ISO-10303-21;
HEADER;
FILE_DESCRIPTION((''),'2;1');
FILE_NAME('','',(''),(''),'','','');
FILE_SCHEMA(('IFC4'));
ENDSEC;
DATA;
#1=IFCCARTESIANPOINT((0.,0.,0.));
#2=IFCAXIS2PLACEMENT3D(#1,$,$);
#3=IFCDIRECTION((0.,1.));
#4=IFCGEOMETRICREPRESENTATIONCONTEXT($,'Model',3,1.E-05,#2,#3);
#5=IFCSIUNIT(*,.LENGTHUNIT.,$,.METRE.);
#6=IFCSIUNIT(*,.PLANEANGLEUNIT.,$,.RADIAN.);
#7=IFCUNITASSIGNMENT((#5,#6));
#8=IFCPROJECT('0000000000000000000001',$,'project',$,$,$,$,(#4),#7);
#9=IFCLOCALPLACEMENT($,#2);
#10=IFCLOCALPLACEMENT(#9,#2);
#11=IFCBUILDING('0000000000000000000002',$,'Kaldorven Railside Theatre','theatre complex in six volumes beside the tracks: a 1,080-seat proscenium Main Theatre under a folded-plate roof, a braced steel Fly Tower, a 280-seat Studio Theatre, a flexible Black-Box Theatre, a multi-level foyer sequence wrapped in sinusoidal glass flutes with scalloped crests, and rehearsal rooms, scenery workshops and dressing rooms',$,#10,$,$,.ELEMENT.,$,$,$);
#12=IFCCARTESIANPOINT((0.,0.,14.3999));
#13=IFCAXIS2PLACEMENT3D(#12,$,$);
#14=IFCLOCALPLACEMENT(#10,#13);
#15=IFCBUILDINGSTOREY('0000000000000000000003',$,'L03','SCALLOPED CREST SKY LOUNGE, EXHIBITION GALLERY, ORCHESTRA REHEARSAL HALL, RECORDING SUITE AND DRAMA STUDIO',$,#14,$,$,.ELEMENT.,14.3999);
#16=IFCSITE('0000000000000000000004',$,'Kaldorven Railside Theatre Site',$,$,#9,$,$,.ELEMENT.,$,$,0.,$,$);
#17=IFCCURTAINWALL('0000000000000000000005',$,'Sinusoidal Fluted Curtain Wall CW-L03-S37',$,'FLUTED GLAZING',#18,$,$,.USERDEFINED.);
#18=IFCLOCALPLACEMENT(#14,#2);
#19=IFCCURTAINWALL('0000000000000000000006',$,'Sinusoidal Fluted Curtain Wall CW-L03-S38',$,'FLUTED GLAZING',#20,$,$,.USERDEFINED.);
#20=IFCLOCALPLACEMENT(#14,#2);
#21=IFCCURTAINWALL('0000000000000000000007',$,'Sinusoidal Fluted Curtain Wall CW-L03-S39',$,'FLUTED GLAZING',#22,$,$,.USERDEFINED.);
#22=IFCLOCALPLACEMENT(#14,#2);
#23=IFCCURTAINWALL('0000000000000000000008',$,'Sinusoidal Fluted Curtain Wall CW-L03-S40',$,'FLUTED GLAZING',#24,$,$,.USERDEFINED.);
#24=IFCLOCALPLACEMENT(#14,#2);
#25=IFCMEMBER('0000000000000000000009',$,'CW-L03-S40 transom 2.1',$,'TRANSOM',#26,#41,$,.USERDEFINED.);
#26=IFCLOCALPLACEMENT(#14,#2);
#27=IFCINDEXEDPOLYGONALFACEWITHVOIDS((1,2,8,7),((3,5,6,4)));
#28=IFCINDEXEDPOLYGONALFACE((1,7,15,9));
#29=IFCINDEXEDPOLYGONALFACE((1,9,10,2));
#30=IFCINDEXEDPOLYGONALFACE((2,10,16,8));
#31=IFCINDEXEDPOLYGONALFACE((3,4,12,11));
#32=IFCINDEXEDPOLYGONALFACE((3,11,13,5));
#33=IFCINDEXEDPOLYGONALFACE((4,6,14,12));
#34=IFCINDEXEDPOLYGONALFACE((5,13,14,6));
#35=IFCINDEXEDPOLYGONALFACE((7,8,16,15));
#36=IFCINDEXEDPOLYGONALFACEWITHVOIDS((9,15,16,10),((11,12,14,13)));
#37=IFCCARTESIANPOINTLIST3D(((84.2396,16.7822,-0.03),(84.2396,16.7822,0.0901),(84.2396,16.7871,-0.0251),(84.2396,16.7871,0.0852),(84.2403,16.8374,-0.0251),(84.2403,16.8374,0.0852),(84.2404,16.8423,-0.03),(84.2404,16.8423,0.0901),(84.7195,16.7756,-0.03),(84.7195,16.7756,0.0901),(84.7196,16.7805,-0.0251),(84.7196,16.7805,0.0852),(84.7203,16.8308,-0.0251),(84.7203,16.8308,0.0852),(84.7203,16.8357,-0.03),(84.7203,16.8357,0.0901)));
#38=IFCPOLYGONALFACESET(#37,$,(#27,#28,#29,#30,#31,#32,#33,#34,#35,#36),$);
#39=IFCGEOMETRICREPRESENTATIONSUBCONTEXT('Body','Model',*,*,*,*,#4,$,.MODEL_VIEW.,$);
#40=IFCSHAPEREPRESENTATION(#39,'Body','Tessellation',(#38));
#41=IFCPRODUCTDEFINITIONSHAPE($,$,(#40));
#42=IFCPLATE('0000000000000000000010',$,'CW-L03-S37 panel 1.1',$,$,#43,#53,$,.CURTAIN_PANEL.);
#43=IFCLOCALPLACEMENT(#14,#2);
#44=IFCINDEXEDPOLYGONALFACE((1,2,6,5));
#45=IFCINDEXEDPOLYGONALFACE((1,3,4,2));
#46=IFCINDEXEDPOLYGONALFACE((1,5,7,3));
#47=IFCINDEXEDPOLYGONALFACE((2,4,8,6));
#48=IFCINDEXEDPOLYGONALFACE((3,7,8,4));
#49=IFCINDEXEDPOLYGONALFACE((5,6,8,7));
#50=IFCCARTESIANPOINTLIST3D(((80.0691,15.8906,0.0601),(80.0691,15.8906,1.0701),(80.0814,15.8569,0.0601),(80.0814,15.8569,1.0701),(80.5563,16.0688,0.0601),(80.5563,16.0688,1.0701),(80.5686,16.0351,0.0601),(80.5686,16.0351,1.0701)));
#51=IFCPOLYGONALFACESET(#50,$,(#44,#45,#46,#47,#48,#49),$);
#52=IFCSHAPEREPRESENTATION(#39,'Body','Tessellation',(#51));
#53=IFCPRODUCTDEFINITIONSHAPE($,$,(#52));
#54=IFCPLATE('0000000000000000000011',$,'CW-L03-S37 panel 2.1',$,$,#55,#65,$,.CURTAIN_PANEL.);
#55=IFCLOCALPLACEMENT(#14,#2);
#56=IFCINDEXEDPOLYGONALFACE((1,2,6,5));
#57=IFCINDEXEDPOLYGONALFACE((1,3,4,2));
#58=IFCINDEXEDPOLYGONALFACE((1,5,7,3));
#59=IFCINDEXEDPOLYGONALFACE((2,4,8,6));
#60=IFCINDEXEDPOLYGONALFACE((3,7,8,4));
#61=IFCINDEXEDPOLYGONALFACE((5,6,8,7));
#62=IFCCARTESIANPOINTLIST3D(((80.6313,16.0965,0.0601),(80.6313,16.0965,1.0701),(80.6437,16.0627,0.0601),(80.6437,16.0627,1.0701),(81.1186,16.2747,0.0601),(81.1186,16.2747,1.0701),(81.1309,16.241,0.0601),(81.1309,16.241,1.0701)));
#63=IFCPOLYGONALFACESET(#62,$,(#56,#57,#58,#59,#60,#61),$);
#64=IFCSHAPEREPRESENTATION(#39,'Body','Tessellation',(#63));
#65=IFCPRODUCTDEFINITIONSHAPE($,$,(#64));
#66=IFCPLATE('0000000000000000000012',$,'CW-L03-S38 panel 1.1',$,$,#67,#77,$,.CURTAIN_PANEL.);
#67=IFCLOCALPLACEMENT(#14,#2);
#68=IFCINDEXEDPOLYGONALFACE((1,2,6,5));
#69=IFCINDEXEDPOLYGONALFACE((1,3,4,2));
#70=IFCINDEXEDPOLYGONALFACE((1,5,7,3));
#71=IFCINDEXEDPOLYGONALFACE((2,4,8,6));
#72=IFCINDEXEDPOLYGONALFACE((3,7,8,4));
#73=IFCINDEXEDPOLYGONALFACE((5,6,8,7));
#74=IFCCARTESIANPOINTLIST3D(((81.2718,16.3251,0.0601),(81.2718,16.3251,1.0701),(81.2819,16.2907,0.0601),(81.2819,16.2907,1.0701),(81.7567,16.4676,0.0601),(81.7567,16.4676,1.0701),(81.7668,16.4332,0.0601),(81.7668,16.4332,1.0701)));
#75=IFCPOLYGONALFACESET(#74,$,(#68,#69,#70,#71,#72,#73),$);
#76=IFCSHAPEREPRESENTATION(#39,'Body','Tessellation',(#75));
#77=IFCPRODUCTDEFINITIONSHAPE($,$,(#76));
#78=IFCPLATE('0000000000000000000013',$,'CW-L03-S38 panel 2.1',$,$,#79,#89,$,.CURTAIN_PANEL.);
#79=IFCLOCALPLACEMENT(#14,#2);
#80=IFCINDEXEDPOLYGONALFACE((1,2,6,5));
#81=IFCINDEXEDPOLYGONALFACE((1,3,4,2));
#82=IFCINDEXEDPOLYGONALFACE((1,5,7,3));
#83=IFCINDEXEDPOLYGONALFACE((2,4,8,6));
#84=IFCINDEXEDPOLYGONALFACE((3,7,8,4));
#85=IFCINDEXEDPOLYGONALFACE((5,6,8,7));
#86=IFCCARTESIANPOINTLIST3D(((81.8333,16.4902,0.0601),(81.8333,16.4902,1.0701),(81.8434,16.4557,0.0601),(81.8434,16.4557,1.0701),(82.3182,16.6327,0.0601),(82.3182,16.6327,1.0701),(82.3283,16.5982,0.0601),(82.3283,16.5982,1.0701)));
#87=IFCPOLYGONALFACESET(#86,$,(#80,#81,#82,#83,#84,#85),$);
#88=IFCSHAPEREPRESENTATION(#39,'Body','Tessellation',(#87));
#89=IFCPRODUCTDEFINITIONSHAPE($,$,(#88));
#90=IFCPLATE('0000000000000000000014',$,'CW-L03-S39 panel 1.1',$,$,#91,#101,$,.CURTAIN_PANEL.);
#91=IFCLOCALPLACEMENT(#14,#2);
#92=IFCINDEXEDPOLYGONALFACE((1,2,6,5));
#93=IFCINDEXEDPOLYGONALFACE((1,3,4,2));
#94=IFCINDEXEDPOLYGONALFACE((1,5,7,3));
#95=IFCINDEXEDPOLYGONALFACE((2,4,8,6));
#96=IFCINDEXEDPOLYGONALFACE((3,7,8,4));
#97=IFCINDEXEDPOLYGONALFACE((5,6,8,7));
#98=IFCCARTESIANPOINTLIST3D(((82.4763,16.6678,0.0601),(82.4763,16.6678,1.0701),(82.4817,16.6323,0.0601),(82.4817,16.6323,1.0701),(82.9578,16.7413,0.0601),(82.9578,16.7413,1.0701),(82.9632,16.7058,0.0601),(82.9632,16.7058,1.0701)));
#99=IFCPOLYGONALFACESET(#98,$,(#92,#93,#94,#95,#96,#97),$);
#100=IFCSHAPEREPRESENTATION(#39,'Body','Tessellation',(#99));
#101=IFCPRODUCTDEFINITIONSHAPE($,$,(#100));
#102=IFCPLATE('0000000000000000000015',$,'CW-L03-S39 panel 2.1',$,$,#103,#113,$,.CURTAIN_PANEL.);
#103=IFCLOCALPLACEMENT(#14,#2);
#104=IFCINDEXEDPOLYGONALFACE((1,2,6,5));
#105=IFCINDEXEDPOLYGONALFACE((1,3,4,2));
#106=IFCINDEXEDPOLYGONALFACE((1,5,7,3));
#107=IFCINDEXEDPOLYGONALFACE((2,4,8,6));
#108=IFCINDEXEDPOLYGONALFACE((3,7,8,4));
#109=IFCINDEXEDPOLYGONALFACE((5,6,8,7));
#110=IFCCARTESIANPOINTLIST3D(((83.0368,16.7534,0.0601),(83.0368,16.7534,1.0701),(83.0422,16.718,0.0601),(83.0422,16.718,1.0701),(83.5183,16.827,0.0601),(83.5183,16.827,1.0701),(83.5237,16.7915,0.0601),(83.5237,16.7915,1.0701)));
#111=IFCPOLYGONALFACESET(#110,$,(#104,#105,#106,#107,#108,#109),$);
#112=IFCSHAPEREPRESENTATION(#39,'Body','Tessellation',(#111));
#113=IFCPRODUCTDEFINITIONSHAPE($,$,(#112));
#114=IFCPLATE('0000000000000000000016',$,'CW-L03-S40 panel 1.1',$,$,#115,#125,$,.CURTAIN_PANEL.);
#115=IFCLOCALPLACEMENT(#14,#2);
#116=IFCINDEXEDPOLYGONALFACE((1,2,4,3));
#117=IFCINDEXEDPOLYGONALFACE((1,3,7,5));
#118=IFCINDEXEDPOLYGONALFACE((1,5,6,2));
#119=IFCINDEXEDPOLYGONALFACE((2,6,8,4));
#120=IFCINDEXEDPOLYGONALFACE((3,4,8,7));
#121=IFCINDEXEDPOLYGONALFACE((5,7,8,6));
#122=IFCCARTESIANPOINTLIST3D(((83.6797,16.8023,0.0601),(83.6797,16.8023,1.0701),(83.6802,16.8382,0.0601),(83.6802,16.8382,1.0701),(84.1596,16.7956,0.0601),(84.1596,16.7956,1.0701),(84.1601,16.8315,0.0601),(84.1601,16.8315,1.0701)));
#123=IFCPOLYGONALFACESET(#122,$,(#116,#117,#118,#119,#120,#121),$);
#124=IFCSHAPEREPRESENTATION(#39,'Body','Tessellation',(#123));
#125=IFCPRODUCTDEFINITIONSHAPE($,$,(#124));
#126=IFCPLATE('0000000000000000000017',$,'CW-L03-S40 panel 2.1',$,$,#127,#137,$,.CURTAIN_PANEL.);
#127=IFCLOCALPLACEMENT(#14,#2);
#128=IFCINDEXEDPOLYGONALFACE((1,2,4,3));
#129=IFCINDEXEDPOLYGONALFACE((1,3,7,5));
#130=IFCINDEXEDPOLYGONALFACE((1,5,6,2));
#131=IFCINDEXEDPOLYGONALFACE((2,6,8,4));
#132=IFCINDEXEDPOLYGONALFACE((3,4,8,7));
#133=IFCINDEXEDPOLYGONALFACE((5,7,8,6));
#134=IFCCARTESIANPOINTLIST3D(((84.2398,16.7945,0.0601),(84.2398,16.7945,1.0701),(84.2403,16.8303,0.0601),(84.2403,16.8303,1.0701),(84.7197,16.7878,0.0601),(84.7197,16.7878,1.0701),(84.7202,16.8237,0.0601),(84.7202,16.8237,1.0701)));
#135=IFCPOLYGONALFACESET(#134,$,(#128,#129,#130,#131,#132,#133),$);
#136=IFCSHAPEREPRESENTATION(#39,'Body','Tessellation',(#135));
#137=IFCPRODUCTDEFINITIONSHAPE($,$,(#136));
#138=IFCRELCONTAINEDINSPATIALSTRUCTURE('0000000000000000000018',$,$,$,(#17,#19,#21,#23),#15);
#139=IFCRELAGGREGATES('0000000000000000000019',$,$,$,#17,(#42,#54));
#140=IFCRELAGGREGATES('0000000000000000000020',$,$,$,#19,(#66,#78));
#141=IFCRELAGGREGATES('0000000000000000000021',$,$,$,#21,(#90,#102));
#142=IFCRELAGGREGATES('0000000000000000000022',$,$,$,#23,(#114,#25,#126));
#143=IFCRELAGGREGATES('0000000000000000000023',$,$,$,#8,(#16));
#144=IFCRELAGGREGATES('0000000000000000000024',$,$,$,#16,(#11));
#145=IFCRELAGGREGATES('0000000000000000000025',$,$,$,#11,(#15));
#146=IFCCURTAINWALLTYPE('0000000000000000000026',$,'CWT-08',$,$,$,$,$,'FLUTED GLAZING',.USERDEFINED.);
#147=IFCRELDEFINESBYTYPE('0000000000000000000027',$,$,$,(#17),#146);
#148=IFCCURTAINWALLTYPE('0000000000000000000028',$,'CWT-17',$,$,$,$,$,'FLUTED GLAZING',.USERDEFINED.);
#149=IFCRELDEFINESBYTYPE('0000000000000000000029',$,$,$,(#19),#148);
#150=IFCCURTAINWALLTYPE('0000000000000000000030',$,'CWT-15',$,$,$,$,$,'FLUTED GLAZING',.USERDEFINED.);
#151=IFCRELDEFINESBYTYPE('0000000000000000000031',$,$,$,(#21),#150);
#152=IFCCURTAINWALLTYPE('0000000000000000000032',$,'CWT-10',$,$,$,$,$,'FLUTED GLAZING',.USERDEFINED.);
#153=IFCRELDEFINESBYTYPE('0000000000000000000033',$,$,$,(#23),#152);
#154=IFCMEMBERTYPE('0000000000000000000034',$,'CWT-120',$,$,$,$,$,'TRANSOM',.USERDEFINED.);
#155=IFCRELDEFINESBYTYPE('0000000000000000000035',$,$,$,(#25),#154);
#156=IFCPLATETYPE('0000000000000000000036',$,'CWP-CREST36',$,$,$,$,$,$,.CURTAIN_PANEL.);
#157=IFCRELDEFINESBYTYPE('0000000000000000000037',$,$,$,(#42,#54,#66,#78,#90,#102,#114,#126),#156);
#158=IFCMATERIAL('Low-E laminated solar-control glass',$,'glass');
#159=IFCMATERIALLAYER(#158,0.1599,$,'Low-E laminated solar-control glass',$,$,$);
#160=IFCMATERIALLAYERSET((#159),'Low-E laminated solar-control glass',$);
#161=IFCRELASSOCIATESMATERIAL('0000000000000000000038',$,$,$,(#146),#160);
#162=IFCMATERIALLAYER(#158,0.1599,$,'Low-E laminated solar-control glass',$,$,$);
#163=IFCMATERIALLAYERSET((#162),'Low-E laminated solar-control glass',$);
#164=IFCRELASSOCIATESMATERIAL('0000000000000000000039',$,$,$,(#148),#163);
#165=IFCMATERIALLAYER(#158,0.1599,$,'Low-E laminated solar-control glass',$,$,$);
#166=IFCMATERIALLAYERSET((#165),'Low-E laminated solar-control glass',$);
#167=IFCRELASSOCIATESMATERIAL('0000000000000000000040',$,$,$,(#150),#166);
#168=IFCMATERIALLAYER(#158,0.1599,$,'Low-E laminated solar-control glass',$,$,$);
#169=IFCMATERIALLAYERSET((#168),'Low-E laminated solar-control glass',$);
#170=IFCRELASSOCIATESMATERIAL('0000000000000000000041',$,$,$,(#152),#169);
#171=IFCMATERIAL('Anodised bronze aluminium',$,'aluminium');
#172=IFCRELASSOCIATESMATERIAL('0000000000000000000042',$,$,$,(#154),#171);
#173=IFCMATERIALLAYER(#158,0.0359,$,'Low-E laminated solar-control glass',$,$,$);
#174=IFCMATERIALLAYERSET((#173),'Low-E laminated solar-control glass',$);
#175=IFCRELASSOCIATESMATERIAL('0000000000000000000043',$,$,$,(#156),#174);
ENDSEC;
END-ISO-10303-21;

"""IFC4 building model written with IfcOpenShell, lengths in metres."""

from ifc_helpers import new_model, si_unit, direction, frame, origin, origin_2d, place, context, subcontext, project, spatial, rectangle, hollow_rectangle, extrude, material, layer, layer_set, material_profile, profile_set, type_object, element, aggregate, save


model = new_model("IFC4")

# Units and contexts
model_context = context("Model", 3, precision=1e-05, world=origin(), true_north=direction((0.0, 1.0)))
body_context = subcontext(model_context, "Body", "Model", "MODEL_VIEW")
ifc_project = project(units=[si_unit("LENGTHUNIT", "METRE"), si_unit("PLANEANGLEUNIT", "RADIAN")], contexts=[model_context])

# Site, building, storey
site_placement = place(None, origin())
site = spatial("IfcSite", under=ifc_project, at=site_placement, Name="Kaldorven Railside Theatre Site", CompositionType="ELEMENT", RefElevation=0.0)
building_placement = place(site_placement, origin())
building = spatial("IfcBuilding", under=site, at=building_placement, Name="Kaldorven Railside Theatre", Description="theatre complex in six volumes beside the tracks: a 1,080-seat proscenium Main Theatre under a folded-plate roof, a braced steel Fly Tower, a 280-seat Studio Theatre, a flexible Black-Box Theatre, a multi-level foyer sequence wrapped in sinusoidal glass flutes with scalloped crests, and rehearsal rooms, scenery workshops and dressing rooms", CompositionType="ELEMENT")
storey_placement = place(building_placement, frame((0.0, 0.0, 14.3999)))
storey = spatial("IfcBuildingStorey", under=building, at=storey_placement, Name="L03", Description="SCALLOPED CREST SKY LOUNGE, EXHIBITION GALLERY, ORCHESTRA REHEARSAL HALL, RECORDING SUITE AND DRAMA STUDIO", CompositionType="ELEMENT", Elevation=14.3999)

# Curtain walls
ifc_material_1 = material(Name="Low-E laminated solar-control glass", Category="glass")
ifc_layer_1 = layer(ifc_material_1, 0.1599, Name="Low-E laminated solar-control glass")
ifc_layer_set_1 = layer_set([ifc_layer_1], Name="Low-E laminated solar-control glass")
curtain_wall_type_1 = type_object("IfcCurtainWallType", Name="CWT-08", ElementType="FLUTED GLAZING", PredefinedType="USERDEFINED", material=ifc_layer_set_1)
curtain_wall_1_placement = place(storey_placement, origin())
curtain_wall_1 = element("IfcCurtainWall", 1, at=curtain_wall_1_placement, inside=storey, type_object=curtain_wall_type_1, Name="Sinusoidal Fluted Curtain Wall CW-L03-S37", ObjectType="FLUTED GLAZING", PredefinedType="USERDEFINED")
ifc_material_2 = material(Name="Anodised bronze aluminium", Category="aluminium")
ifc_layer_2 = layer(ifc_material_1, 0.1599, Name="Low-E laminated solar-control glass")
ifc_layer_set_2 = layer_set([ifc_layer_2], Name="Low-E laminated solar-control glass")
curtain_wall_type_2 = type_object("IfcCurtainWallType", Name="CWT-17", ElementType="FLUTED GLAZING", PredefinedType="USERDEFINED", material=ifc_layer_set_2)
curtain_wall_2_placement = place(storey_placement, origin())
curtain_wall_2 = element("IfcCurtainWall", 2, at=curtain_wall_2_placement, inside=storey, type_object=curtain_wall_type_2, Name="Sinusoidal Fluted Curtain Wall CW-L03-S38", ObjectType="FLUTED GLAZING", PredefinedType="USERDEFINED")
ifc_layer_3 = layer(ifc_material_1, 0.1599, Name="Low-E laminated solar-control glass")
ifc_layer_set_3 = layer_set([ifc_layer_3], Name="Low-E laminated solar-control glass")
curtain_wall_type_3 = type_object("IfcCurtainWallType", Name="CWT-15", ElementType="FLUTED GLAZING", PredefinedType="USERDEFINED", material=ifc_layer_set_3)
curtain_wall_3_placement = place(storey_placement, origin())
curtain_wall_3 = element("IfcCurtainWall", 3, at=curtain_wall_3_placement, inside=storey, type_object=curtain_wall_type_3, Name="Sinusoidal Fluted Curtain Wall CW-L03-S39", ObjectType="FLUTED GLAZING", PredefinedType="USERDEFINED")
ifc_layer_4 = layer(ifc_material_1, 0.1599, Name="Low-E laminated solar-control glass")
ifc_layer_set_4 = layer_set([ifc_layer_4], Name="Low-E laminated solar-control glass")
curtain_wall_type_4 = type_object("IfcCurtainWallType", Name="CWT-10", ElementType="FLUTED GLAZING", PredefinedType="USERDEFINED", material=ifc_layer_set_4)
curtain_wall_4_placement = place(storey_placement, origin())
curtain_wall_4 = element("IfcCurtainWall", 4, at=curtain_wall_4_placement, inside=storey, type_object=curtain_wall_type_4, Name="Sinusoidal Fluted Curtain Wall CW-L03-S40", ObjectType="FLUTED GLAZING", PredefinedType="USERDEFINED")

# Member
ifc_material_profile_1 = material_profile(ifc_material_2, hollow_rectangle(XDim=0.0601, YDim=0.1201, WallThickness=0.0049, at=origin_2d()), Name="RHS 120x60x5")
ifc_profile_set_1 = profile_set([ifc_material_profile_1], Name="Anodised bronze aluminium")
member_type_1 = type_object("IfcMemberType", Name="CWT-120", ElementType="TRANSOM", PredefinedType="USERDEFINED", material=ifc_profile_set_1)
member_1_placement = place(storey_placement, frame((84.24, 16.8123, 0.03), z_axis=(0.999906, -0.013732, 0.0), x_axis=(0.013732, 0.999906, 0.0)))
member_1 = element("IfcMember", 5, at=member_1_placement, type_object=member_type_1, Name="CW-L03-S40 transom 2.1", ObjectType="TRANSOM", PredefinedType="USERDEFINED", context=body_context, shape_type="SweptSolid", body=[
    extrude(hollow_rectangle(XDim=0.0601, YDim=0.1201, WallThickness=0.0049, at=origin_2d()), origin(), (0.0, 0.0, 1.0), 0.48),
])

# Plates
ifc_layer_5 = layer(ifc_material_1, 0.0359, Name="Low-E laminated solar-control glass")
ifc_layer_set_5 = layer_set([ifc_layer_5], Name="Low-E laminated solar-control glass")
plate_type = type_object("IfcPlateType", Name="CWP-CREST36", PredefinedType="CURTAIN_PANEL", material=ifc_layer_set_5)
plate_1_placement = place(storey_placement, frame((80.3188, 15.9629, 0.0601), z_axis=(0.0, 0.0, 1.0), x_axis=(0.939154, 0.343496, 0.0)))
plate_1 = element("IfcPlate", 6, at=plate_1_placement, type_object=plate_type, Name="CW-L03-S37 panel 1.1", PredefinedType="CURTAIN_PANEL", context=body_context, shape_type="SweptSolid", body=[
    extrude(rectangle(XDim=0.5188, YDim=0.0359, at=origin_2d()), origin(), (0.0, 0.0, 1.0), 1.01),
])
plate_2_placement = place(storey_placement, frame((80.8811, 16.1687, 0.0601), z_axis=(0.0, 0.0, 1.0), x_axis=(0.939154, 0.343496, 0.0)))
plate_2 = element("IfcPlate", 7, at=plate_2_placement, type_object=plate_type, Name="CW-L03-S37 panel 2.1", PredefinedType="CURTAIN_PANEL", context=body_context, shape_type="SweptSolid", body=[
    extrude(rectangle(XDim=0.5188, YDim=0.0359, at=origin_2d()), origin(), (0.0, 0.0, 1.0), 1.01),
])
aggregate(curtain_wall_1, [plate_1, plate_2])
plate_3_placement = place(storey_placement, frame((81.5193, 16.3792, 0.0601), z_axis=(0.0, 0.0, 1.0), x_axis=(0.959418, 0.281989, 0.0)))
plate_3 = element("IfcPlate", 8, at=plate_3_placement, type_object=plate_type, Name="CW-L03-S38 panel 1.1", PredefinedType="CURTAIN_PANEL", context=body_context, shape_type="SweptSolid", body=[
    extrude(rectangle(XDim=0.5054, YDim=0.0359, at=origin_2d()), origin(), (0.0, 0.0, 1.0), 1.01),
])
plate_4_placement = place(storey_placement, frame((82.0808, 16.5442, 0.0601), z_axis=(0.0, 0.0, 1.0), x_axis=(0.959418, 0.281989, 0.0)))
plate_4 = element("IfcPlate", 9, at=plate_4_placement, type_object=plate_type, Name="CW-L03-S38 panel 2.1", PredefinedType="CURTAIN_PANEL", context=body_context, shape_type="SweptSolid", body=[
    extrude(rectangle(XDim=0.5054, YDim=0.0359, at=origin_2d()), origin(), (0.0, 0.0, 1.0), 1.01),
])
aggregate(curtain_wall_2, [plate_3, plate_4])
plate_5_placement = place(storey_placement, frame((82.7197, 16.6868, 0.0601), z_axis=(0.0, 0.0, 1.0), x_axis=(0.988546, 0.150918, 0.0)))
plate_5 = element("IfcPlate", 10, at=plate_5_placement, type_object=plate_type, Name="CW-L03-S39 panel 1.1", PredefinedType="CURTAIN_PANEL", context=body_context, shape_type="SweptSolid", body=[
    extrude(rectangle(XDim=0.4871, YDim=0.0359, at=origin_2d()), origin(), (0.0, 0.0, 1.0), 1.01),
])
plate_6_placement = place(storey_placement, frame((83.2803, 16.7725, 0.0601), z_axis=(0.0, 0.0, 1.0), x_axis=(0.988546, 0.150918, 0.0)))
plate_6 = element("IfcPlate", 11, at=plate_6_placement, type_object=plate_type, Name="CW-L03-S39 panel 2.1", PredefinedType="CURTAIN_PANEL", context=body_context, shape_type="SweptSolid", body=[
    extrude(rectangle(XDim=0.4871, YDim=0.0359, at=origin_2d()), origin(), (0.0, 0.0, 1.0), 1.01),
])
aggregate(curtain_wall_3, [plate_5, plate_6])
plate_7_placement = place(storey_placement, frame((83.9199, 16.8169, 0.0601), z_axis=(0.0, 0.0, 1.0), x_axis=(0.999904, -0.013832, 0.0)))
plate_7 = element("IfcPlate", 12, at=plate_7_placement, type_object=plate_type, Name="CW-L03-S40 panel 1.1", PredefinedType="CURTAIN_PANEL", context=body_context, shape_type="SweptSolid", body=[
    extrude(rectangle(XDim=0.48, YDim=0.0359, at=origin_2d()), origin(), (0.0, 0.0, 1.0), 1.01),
])
plate_8_placement = place(storey_placement, frame((84.48, 16.8091, 0.0601), z_axis=(0.0, 0.0, 1.0), x_axis=(0.999904, -0.013832, 0.0)))
plate_8 = element("IfcPlate", 13, at=plate_8_placement, type_object=plate_type, Name="CW-L03-S40 panel 2.1", PredefinedType="CURTAIN_PANEL", context=body_context, shape_type="SweptSolid", body=[
    extrude(rectangle(XDim=0.48, YDim=0.0359, at=origin_2d()), origin(), (0.0, 0.0, 1.0), 1.01),
])
aggregate(curtain_wall_4, [plate_7, member_1, plate_8])

save(model, "model.ifc")
